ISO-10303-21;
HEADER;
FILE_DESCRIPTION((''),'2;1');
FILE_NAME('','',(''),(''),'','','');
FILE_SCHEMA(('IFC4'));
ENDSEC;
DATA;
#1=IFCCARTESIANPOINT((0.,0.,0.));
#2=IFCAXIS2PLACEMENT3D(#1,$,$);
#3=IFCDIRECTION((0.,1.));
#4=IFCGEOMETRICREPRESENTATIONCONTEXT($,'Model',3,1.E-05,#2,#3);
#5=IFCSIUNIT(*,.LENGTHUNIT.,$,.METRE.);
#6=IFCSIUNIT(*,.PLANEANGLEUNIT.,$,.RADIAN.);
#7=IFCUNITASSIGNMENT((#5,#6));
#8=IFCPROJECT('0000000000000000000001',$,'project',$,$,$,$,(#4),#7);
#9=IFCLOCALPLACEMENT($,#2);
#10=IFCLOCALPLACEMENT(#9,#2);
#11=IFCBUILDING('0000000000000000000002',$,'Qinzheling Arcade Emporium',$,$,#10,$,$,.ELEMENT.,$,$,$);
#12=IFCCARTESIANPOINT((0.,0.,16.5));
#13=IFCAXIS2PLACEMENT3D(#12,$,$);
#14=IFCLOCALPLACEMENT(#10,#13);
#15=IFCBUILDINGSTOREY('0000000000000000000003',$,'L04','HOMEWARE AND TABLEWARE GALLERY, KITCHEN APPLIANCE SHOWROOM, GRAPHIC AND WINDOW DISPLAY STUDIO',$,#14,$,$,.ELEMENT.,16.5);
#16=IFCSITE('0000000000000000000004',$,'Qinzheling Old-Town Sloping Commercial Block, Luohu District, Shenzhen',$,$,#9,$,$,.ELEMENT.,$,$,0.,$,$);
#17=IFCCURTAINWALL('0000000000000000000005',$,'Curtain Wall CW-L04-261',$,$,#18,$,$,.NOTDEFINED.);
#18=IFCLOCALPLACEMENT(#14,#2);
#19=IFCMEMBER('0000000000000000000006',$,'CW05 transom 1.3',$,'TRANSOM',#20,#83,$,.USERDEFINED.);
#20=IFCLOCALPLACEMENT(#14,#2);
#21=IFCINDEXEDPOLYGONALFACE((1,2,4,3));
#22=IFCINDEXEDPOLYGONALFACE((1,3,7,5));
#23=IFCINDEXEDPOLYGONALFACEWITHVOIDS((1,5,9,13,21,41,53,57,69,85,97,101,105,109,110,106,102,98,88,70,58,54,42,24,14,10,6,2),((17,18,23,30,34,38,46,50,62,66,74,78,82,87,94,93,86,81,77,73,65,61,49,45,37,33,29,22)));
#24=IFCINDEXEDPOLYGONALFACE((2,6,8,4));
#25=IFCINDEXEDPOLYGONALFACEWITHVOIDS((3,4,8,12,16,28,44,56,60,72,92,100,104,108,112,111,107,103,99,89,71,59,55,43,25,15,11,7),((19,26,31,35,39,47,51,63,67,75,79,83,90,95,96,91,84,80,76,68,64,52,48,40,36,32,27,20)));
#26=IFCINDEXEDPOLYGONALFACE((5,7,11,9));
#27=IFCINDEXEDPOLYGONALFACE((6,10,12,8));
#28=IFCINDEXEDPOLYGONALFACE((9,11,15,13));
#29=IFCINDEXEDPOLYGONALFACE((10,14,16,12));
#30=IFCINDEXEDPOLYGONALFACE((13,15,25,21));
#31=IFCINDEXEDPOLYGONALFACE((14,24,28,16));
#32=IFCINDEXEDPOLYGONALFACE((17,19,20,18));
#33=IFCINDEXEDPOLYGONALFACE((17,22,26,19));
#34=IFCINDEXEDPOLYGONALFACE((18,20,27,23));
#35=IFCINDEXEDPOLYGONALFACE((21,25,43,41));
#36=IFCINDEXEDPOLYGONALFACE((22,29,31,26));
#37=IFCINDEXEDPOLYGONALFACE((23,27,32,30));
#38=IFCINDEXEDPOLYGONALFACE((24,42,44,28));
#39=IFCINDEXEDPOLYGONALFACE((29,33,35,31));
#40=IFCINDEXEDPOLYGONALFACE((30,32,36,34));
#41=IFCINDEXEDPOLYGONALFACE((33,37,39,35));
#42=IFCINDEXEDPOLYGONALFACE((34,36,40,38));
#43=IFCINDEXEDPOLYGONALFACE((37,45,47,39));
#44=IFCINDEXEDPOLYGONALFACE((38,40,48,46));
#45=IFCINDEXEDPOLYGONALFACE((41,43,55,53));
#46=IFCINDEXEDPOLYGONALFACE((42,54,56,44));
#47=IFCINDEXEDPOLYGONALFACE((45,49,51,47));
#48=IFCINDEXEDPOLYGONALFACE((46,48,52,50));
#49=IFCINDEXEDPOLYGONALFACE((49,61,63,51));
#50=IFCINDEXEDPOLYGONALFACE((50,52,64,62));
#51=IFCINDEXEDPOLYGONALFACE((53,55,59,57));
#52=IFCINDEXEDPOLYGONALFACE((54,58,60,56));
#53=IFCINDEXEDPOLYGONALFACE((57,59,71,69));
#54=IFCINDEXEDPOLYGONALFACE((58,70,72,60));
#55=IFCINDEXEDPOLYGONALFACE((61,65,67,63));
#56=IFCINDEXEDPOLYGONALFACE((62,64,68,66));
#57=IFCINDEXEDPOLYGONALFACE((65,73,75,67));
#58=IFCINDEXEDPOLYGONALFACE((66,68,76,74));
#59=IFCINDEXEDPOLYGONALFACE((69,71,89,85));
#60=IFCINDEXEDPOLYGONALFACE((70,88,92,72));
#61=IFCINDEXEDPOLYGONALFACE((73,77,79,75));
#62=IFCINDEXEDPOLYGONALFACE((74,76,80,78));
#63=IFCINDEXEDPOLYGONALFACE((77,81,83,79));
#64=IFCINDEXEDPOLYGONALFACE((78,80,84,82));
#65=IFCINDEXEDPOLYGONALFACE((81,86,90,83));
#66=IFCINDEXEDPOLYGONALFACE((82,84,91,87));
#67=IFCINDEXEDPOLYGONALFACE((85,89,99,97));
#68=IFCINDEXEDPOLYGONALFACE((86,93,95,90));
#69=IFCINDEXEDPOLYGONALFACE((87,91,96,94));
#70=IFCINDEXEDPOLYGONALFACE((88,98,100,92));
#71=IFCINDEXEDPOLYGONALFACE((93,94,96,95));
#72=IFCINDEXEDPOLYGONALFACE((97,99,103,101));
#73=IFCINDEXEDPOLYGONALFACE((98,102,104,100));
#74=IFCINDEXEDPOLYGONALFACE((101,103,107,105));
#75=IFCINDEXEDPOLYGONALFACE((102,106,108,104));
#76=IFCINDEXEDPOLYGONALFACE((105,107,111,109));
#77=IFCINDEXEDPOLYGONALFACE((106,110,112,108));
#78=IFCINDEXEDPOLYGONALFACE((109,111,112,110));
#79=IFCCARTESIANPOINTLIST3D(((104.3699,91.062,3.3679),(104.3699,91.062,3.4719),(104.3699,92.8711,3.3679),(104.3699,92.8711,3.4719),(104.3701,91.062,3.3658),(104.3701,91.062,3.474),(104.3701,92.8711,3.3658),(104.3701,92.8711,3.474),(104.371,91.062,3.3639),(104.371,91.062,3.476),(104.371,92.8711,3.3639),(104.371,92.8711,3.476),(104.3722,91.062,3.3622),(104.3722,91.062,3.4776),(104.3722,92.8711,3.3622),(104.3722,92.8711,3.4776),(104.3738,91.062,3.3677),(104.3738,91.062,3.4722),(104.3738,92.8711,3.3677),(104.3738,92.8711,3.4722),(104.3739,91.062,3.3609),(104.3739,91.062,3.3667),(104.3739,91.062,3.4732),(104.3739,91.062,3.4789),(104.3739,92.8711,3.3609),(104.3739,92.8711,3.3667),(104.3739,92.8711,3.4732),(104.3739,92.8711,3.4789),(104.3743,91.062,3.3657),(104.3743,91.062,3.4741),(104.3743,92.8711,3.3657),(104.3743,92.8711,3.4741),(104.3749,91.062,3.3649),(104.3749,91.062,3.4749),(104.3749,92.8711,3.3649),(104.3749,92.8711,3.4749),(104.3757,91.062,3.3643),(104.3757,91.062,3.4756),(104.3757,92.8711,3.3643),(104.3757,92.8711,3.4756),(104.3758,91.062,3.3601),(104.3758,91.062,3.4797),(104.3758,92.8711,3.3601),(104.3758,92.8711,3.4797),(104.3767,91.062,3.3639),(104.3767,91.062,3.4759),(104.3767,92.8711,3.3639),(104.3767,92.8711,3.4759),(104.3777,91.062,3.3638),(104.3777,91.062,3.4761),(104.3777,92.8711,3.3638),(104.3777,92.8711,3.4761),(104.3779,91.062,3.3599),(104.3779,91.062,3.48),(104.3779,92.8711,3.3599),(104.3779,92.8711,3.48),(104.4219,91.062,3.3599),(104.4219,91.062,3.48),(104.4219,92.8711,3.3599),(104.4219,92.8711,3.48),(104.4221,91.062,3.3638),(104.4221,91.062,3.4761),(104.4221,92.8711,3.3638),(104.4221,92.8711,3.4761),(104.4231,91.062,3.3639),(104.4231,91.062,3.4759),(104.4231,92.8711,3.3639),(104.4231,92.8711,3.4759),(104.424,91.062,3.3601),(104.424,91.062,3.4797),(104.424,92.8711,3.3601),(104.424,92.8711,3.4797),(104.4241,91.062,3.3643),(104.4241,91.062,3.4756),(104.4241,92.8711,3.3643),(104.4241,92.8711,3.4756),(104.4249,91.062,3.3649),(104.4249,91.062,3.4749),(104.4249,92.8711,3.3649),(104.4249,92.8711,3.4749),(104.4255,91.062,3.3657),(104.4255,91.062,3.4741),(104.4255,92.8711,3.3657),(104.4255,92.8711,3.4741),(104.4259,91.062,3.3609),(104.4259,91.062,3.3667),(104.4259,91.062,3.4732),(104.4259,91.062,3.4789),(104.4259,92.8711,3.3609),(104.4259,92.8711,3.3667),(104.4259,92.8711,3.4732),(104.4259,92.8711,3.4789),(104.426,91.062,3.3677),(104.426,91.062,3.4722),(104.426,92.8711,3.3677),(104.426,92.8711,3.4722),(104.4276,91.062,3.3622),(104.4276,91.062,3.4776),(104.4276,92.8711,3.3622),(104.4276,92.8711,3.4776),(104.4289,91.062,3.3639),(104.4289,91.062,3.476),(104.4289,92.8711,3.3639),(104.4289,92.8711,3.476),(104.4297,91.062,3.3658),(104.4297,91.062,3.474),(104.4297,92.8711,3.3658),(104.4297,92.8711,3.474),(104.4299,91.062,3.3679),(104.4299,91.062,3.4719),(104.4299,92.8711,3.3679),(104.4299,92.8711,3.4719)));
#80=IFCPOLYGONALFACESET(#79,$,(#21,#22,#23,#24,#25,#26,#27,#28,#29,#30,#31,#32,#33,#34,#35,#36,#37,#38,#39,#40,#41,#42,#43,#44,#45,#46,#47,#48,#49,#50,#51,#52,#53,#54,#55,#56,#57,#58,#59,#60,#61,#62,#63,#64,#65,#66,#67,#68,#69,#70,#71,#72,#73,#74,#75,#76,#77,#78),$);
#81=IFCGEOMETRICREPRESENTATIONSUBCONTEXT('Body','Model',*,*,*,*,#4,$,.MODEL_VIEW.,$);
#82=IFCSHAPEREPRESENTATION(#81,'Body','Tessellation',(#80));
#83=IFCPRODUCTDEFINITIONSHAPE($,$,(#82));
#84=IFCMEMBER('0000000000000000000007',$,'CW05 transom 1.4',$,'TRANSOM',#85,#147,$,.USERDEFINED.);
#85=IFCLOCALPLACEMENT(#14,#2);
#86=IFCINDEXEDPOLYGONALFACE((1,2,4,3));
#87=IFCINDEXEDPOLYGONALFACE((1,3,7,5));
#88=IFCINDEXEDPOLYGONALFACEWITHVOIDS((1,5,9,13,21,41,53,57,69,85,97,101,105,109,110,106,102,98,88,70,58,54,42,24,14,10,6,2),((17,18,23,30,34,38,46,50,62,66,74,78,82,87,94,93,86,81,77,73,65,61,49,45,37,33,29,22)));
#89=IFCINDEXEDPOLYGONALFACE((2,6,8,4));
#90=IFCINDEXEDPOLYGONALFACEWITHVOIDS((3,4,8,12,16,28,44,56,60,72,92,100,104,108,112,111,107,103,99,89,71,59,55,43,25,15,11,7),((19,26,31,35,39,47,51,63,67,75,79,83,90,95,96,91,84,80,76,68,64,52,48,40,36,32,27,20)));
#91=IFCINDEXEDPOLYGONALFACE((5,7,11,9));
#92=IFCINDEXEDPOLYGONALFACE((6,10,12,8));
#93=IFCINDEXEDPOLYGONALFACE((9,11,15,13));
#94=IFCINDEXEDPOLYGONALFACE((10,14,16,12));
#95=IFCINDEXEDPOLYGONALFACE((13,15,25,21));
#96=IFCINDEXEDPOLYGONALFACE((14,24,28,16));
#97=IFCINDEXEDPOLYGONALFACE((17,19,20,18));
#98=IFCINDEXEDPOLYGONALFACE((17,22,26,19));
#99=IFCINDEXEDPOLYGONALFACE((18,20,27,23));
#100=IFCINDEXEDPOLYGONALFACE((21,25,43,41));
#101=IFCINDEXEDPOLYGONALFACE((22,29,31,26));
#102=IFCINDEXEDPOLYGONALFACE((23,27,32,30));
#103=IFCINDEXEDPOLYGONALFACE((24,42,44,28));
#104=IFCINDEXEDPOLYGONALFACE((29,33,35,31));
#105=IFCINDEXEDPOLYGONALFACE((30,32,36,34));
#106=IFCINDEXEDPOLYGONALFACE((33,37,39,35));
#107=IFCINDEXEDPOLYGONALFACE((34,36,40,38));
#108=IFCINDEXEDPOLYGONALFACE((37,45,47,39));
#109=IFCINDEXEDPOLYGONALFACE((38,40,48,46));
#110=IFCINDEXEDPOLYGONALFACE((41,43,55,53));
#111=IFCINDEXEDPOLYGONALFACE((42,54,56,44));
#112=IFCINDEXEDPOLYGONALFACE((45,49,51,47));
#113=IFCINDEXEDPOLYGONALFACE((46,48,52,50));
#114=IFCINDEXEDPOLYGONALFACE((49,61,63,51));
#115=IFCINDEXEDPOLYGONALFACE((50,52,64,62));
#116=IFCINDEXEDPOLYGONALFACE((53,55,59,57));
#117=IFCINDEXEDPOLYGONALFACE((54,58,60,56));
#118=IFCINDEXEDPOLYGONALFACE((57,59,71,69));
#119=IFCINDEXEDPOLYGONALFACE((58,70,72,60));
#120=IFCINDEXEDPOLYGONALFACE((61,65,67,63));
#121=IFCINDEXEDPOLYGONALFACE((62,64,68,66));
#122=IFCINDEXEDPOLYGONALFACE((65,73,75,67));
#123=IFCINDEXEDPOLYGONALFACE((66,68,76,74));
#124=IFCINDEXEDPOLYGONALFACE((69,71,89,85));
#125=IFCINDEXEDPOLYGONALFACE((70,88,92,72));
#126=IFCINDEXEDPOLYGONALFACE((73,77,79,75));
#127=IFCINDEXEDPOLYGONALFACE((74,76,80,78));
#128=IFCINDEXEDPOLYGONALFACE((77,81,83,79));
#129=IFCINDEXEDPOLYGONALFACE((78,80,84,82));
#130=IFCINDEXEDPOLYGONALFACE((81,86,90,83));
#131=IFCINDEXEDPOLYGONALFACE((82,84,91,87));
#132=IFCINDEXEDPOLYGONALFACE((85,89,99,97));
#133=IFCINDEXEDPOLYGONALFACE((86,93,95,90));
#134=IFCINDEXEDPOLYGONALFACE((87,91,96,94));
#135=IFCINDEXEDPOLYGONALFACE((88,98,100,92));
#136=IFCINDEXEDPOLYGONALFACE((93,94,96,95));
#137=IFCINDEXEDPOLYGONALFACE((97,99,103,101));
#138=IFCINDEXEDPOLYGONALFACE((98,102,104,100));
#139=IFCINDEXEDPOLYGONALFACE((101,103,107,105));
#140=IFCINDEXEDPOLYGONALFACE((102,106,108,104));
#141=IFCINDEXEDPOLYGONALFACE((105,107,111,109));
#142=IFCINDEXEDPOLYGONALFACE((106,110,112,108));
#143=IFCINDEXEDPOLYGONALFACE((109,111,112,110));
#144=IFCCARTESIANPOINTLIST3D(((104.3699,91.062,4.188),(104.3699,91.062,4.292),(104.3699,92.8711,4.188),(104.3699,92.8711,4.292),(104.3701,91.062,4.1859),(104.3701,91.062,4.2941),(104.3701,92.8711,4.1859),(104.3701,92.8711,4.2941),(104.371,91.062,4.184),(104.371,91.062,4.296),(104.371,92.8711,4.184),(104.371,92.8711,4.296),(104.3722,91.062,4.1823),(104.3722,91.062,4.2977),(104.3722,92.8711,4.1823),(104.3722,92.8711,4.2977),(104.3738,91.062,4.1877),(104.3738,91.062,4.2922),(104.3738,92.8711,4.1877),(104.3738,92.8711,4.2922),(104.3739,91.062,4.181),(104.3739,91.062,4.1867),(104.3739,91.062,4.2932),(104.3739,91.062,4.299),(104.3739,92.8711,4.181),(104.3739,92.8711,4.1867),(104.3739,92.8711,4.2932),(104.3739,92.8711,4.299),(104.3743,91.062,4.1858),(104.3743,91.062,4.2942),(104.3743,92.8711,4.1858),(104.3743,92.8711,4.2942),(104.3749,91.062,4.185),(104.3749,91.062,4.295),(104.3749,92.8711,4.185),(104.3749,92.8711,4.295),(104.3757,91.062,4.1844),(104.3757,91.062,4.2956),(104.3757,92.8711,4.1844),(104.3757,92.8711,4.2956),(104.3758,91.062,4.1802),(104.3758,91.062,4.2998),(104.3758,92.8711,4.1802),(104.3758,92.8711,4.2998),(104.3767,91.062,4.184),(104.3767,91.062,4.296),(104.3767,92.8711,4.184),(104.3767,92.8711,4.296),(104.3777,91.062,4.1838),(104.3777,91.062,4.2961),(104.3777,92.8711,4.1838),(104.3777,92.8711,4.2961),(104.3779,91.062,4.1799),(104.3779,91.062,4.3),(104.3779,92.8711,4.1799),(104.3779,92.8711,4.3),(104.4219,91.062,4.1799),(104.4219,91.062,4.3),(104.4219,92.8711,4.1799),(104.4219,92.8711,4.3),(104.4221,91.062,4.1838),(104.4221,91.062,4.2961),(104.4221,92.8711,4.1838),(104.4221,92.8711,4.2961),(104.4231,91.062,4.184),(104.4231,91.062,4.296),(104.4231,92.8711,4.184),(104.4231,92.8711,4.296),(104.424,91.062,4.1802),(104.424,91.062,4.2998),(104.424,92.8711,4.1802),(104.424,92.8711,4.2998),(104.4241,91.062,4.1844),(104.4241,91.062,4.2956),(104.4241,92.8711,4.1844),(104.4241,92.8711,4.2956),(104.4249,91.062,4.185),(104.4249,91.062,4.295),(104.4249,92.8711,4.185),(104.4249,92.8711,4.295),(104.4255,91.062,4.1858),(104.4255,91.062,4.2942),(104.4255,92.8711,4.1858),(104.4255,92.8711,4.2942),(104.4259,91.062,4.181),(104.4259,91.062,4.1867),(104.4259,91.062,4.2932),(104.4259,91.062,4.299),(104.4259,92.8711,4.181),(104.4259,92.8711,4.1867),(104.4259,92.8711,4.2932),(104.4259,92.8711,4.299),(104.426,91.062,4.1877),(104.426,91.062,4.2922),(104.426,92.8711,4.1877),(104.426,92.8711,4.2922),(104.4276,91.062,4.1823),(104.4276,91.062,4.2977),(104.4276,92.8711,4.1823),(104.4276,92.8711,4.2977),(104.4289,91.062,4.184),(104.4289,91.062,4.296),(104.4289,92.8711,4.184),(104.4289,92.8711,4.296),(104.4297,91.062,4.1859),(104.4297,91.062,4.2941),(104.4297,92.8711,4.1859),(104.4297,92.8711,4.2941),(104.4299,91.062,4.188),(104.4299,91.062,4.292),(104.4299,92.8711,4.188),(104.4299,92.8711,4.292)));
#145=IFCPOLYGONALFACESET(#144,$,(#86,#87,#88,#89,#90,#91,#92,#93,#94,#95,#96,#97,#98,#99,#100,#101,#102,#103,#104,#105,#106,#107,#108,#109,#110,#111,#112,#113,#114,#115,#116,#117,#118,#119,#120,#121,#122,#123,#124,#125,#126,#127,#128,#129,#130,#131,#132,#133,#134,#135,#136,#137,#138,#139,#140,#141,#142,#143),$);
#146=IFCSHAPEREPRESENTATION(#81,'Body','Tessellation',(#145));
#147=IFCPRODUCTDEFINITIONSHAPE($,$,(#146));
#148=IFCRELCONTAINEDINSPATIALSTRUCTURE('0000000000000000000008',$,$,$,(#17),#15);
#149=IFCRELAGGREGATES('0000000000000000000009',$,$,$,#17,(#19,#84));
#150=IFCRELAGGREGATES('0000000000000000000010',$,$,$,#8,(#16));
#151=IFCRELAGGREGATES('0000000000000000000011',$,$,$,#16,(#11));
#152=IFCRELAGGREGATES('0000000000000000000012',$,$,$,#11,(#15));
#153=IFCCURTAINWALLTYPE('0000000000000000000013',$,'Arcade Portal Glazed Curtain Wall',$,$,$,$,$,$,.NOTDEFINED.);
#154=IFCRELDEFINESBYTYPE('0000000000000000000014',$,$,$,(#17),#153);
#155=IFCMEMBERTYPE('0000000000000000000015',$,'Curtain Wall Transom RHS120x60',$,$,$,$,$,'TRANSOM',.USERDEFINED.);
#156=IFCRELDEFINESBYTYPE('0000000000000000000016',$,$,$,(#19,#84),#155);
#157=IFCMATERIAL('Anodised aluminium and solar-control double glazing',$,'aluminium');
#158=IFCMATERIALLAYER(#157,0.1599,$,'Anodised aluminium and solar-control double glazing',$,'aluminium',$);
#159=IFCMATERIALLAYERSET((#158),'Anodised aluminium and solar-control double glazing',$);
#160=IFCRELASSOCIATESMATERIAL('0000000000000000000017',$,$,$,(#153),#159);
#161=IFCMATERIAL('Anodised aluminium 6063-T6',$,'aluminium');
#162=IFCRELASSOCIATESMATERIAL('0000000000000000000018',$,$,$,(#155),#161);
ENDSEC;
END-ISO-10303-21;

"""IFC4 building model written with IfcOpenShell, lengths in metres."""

from ifc_helpers import new_model, si_unit, direction, frame, origin, origin_2d, place, context, subcontext, project, spatial, hollow_rectangle, extrude, material, layer, layer_set, material_profile, profile_set, type_object, element, aggregate, save


model = new_model("IFC4")

# Units and contexts
model_context = context("Model", 3, precision=1e-05, world=origin(), true_north=direction((0.0, 1.0)))
body_context = subcontext(model_context, "Body", "Model", "MODEL_VIEW")
ifc_project = project(units=[si_unit("LENGTHUNIT", "METRE"), si_unit("PLANEANGLEUNIT", "RADIAN")], contexts=[model_context])

# Site, building, storey
site_placement = place(None, origin())
site = spatial("IfcSite", under=ifc_project, at=site_placement, Name="Qinzheling Old-Town Sloping Commercial Block, Luohu District, Shenzhen", CompositionType="ELEMENT", RefElevation=0.0)
building_placement = place(site_placement, origin())
building = spatial("IfcBuilding", under=site, at=building_placement, Name="Qinzheling Arcade Emporium", CompositionType="ELEMENT")
storey_placement = place(building_placement, frame((0.0, 0.0, 16.5)))
storey = spatial("IfcBuildingStorey", under=building, at=storey_placement, Name="L04", Description="HOMEWARE AND TABLEWARE GALLERY, KITCHEN APPLIANCE SHOWROOM, GRAPHIC AND WINDOW DISPLAY STUDIO", CompositionType="ELEMENT", Elevation=16.5)

# Curtain wall, members
ifc_material_1 = material(Name="Anodised aluminium and solar-control double glazing", Category="aluminium")
ifc_layer_1 = layer(ifc_material_1, 0.1599, Name="Anodised aluminium and solar-control double glazing", Category="aluminium")
ifc_layer_set_1 = layer_set([ifc_layer_1], Name="Anodised aluminium and solar-control double glazing")
curtain_wall_type = type_object("IfcCurtainWallType", Name="Arcade Portal Glazed Curtain Wall", PredefinedType="NOTDEFINED", material=ifc_layer_set_1)
curtain_wall_placement = place(storey_placement, origin())
curtain_wall = element("IfcCurtainWall", 1, at=curtain_wall_placement, inside=storey, type_object=curtain_wall_type, Name="Curtain Wall CW-L04-261", PredefinedType="NOTDEFINED")
ifc_material_2 = material(Name="Anodised aluminium 6063-T6", Category="aluminium")
ifc_material_profile_1 = material_profile(ifc_material_2, hollow_rectangle(XDim=0.0601, YDim=0.1201, WallThickness=0.0039, InnerFilletRadius=0.0039, OuterFilletRadius=0.0081, at=origin_2d()), Name="RHS 120x60x4", Category="aluminium")
ifc_profile_set_1 = profile_set([ifc_material_profile_1], Name="Anodised aluminium 6063-T6")
member_type_1 = type_object("IfcMemberType", Name="Curtain Wall Transom RHS120x60", ElementType="TRANSOM", PredefinedType="USERDEFINED", material=ifc_profile_set_1)
member_1_placement = place(storey_placement, frame((104.3999, 91.062, 3.4199), z_axis=(0.0, 1.0, 0.0), x_axis=(-1.0, 0.0, 0.0)))
member_1 = element("IfcMember", 2, at=member_1_placement, type_object=member_type_1, Name="CW05 transom 1.3", ObjectType="TRANSOM", PredefinedType="USERDEFINED", context=body_context, shape_type="SweptSolid", body=[
    extrude(hollow_rectangle(XDim=0.0601, YDim=0.1201, WallThickness=0.0039, InnerFilletRadius=0.0039, OuterFilletRadius=0.0081, at=origin_2d()), origin(), (0.0, 0.0, 1.0), 1.8091),
])
member_2_placement = place(storey_placement, frame((104.3999, 91.062, 4.24), z_axis=(0.0, 1.0, 0.0), x_axis=(-1.0, 0.0, 0.0)))
member_2 = element("IfcMember", 3, at=member_2_placement, type_object=member_type_1, Name="CW05 transom 1.4", ObjectType="TRANSOM", PredefinedType="USERDEFINED", context=body_context, shape_type="SweptSolid", body=[
    extrude(hollow_rectangle(XDim=0.0601, YDim=0.1201, WallThickness=0.0039, InnerFilletRadius=0.0039, OuterFilletRadius=0.0081, at=origin_2d()), origin(), (0.0, 0.0, 1.0), 1.8091),
])

aggregate(curtain_wall, [member_1, member_2])

save(model, "model.ifc")
